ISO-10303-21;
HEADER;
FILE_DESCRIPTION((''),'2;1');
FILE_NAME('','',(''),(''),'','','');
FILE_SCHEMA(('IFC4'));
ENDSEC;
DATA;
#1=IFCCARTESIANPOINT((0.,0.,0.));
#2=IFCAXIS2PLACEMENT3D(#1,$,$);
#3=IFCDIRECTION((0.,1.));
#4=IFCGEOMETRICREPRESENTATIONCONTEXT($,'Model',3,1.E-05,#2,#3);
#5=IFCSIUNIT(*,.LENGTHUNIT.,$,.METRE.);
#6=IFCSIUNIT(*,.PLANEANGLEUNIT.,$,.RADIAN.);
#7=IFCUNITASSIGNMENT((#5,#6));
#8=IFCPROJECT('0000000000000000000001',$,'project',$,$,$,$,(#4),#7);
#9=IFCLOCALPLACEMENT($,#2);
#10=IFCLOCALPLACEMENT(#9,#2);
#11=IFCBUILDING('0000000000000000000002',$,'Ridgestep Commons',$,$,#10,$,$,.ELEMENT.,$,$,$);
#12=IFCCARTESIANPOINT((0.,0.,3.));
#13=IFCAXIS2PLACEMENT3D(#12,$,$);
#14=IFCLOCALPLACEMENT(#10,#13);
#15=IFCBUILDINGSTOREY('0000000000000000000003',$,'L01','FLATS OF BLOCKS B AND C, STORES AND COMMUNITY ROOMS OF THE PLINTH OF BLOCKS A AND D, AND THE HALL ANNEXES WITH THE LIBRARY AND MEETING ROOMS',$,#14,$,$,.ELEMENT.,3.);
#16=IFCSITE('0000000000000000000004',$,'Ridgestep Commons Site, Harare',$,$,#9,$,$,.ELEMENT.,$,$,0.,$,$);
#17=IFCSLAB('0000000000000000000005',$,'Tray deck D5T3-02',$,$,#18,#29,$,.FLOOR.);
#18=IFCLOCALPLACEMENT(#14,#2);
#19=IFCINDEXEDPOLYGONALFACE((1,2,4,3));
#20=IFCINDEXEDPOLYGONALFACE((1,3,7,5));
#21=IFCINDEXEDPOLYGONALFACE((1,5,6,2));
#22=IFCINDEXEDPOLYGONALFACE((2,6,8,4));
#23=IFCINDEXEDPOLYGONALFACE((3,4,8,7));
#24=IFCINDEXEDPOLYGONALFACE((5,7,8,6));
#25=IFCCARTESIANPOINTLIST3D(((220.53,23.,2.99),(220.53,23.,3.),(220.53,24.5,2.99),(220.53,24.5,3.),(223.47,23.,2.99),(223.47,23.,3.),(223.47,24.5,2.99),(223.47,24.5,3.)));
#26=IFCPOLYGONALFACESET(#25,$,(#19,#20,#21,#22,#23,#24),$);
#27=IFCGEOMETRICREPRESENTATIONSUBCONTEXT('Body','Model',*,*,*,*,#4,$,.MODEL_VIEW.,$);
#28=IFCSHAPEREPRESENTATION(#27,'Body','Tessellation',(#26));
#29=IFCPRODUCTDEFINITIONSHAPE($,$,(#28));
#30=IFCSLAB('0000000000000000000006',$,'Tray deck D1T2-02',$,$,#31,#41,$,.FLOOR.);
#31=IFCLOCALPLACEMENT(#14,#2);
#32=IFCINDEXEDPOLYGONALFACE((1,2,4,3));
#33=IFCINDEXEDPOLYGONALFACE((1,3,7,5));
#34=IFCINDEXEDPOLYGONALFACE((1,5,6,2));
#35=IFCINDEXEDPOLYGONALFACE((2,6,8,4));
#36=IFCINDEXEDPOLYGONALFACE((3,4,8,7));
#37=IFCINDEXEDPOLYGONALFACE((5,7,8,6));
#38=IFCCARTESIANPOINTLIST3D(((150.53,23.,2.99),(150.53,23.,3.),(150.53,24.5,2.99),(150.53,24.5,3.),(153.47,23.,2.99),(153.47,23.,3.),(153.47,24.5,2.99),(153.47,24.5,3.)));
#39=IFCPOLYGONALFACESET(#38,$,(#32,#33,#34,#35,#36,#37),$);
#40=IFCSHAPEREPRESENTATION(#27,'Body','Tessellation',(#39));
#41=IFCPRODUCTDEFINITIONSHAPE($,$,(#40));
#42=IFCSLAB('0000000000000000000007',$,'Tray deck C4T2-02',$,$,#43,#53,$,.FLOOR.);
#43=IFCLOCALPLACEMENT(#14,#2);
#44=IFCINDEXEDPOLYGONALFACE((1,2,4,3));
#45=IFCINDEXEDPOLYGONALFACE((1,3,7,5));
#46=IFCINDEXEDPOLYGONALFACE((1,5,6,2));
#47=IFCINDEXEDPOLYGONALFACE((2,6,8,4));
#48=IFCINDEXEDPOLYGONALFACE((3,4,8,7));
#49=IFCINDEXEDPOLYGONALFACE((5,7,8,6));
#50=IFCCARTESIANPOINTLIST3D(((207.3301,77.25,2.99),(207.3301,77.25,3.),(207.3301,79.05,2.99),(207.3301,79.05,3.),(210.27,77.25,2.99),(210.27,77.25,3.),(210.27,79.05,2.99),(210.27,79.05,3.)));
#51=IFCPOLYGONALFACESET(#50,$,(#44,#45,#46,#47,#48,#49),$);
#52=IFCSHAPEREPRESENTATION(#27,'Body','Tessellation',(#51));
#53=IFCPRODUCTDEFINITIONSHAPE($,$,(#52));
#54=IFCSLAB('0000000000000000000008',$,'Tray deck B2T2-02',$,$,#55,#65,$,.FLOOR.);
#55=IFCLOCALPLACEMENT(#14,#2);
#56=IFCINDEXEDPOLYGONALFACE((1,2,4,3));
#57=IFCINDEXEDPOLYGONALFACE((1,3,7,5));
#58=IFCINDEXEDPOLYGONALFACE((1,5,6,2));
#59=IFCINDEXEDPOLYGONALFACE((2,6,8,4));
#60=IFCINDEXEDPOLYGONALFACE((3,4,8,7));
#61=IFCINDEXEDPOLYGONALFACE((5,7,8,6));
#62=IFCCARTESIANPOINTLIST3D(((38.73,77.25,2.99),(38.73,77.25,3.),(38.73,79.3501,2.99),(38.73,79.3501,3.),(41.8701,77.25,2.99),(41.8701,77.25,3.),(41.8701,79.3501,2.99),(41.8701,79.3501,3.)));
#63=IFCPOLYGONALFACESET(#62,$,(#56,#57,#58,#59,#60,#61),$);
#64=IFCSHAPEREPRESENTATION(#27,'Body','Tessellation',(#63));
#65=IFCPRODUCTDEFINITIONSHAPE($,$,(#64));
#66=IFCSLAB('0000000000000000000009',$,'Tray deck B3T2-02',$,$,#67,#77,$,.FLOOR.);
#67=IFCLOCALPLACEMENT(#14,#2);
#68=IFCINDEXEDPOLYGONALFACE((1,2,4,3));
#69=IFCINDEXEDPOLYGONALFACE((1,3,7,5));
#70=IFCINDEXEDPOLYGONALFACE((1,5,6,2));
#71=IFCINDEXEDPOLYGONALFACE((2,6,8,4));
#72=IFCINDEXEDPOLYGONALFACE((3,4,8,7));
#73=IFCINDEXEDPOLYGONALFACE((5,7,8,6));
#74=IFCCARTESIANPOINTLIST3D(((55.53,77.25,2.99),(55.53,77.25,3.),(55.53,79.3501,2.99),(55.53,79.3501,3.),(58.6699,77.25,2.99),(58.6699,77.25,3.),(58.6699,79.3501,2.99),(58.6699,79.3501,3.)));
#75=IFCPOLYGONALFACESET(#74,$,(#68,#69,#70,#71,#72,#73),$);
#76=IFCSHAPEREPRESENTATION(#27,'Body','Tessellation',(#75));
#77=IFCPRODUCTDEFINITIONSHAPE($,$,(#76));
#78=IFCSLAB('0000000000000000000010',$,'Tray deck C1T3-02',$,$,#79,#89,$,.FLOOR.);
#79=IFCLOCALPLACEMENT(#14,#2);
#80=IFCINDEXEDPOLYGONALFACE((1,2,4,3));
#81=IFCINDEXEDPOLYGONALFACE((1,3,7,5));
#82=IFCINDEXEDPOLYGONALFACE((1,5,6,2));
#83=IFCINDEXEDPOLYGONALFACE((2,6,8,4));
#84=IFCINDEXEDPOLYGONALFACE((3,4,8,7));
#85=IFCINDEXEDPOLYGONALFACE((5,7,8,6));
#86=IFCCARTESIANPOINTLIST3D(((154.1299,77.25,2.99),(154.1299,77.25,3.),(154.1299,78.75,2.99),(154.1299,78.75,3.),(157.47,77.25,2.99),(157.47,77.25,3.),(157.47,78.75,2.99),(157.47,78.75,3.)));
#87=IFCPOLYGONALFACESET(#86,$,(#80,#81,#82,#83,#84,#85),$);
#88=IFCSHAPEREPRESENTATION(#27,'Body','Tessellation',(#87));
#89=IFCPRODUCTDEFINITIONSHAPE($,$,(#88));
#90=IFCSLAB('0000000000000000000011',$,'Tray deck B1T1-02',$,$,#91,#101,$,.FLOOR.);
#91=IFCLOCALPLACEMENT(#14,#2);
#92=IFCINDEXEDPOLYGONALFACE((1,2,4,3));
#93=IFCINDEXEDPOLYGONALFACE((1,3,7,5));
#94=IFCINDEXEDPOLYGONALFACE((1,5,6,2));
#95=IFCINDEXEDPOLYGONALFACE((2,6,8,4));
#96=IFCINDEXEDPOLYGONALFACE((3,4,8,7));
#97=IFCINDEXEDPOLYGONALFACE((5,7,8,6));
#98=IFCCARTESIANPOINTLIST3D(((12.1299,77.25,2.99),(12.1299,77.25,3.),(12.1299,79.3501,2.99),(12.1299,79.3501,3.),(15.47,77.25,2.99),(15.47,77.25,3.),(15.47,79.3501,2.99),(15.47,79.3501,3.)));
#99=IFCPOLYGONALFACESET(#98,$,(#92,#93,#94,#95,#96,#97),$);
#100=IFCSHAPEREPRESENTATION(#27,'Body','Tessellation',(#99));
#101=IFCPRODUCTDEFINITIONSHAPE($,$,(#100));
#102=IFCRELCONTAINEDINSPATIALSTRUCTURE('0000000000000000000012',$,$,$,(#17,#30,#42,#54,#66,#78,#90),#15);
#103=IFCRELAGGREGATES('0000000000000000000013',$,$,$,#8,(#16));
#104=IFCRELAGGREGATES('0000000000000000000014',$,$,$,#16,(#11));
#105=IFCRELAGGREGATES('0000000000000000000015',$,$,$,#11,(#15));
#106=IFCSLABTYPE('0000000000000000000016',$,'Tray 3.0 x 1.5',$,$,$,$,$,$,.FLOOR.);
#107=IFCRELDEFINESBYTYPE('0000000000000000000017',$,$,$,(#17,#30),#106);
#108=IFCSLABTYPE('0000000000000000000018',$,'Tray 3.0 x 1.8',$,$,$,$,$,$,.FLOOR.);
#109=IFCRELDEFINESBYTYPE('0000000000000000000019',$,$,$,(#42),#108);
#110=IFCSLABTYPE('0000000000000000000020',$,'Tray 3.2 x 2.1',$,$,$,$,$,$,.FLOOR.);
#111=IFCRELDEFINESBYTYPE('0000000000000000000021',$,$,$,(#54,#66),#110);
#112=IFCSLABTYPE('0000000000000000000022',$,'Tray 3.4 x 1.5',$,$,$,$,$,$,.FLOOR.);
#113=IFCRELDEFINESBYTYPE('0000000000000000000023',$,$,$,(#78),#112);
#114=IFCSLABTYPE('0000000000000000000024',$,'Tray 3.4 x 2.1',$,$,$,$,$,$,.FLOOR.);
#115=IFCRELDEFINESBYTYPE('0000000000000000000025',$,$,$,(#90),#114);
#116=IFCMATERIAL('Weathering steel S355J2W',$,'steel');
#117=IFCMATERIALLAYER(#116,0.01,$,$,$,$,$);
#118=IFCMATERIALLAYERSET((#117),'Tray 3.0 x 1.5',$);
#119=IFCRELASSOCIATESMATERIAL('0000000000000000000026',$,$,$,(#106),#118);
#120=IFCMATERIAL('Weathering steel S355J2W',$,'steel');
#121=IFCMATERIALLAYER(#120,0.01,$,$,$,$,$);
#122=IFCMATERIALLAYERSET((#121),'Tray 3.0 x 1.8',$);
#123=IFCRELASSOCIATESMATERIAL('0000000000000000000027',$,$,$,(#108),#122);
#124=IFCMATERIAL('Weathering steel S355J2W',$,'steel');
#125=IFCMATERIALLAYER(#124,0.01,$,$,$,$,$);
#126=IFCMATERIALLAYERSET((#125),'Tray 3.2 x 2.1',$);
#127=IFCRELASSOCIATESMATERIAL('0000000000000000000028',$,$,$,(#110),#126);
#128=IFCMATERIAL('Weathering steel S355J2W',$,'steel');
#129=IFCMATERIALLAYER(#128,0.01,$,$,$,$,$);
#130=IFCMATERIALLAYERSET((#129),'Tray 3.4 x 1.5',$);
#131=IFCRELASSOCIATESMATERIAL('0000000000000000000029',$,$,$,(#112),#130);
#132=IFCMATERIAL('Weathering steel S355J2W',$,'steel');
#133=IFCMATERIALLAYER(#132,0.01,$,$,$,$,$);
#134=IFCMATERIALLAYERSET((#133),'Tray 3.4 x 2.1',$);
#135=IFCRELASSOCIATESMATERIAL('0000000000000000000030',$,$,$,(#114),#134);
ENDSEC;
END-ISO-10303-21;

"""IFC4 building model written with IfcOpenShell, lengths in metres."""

from ifc_helpers import new_model, si_unit, direction, frame, origin, place, context, subcontext, project, spatial, polyline, outline, extrude, material, layer, layer_set, type_object, element, save


model = new_model("IFC4")

# Units and contexts
model_context = context("Model", 3, precision=1e-05, world=origin(), true_north=direction((0.0, 1.0)))
body_context = subcontext(model_context, "Body", "Model", "MODEL_VIEW")
ifc_project = project(units=[si_unit("LENGTHUNIT", "METRE"), si_unit("PLANEANGLEUNIT", "RADIAN")], contexts=[model_context])

# Site, building, storey
site_placement = place(None, origin())
site = spatial("IfcSite", under=ifc_project, at=site_placement, Name="Ridgestep Commons Site, Harare", CompositionType="ELEMENT", RefElevation=0.0)
building_placement = place(site_placement, origin())
building = spatial("IfcBuilding", under=site, at=building_placement, Name="Ridgestep Commons", CompositionType="ELEMENT")
storey_placement = place(building_placement, frame((0.0, 0.0, 3.0)))
storey = spatial("IfcBuildingStorey", under=building, at=storey_placement, Name="L01", Description="FLATS OF BLOCKS B AND C, STORES AND COMMUNITY ROOMS OF THE PLINTH OF BLOCKS A AND D, AND THE HALL ANNEXES WITH THE LIBRARY AND MEETING ROOMS", CompositionType="ELEMENT", Elevation=3.0)

# Slabs
ifc_material_1 = material(Name="Weathering steel S355J2W", Category="steel")
ifc_layer_1 = layer(ifc_material_1, 0.01)
ifc_layer_set_1 = layer_set([ifc_layer_1], Name="Tray 3.0 x 1.5")
slab_type_1 = type_object("IfcSlabType", Name="Tray 3.0 x 1.5", PredefinedType="FLOOR", material=ifc_layer_set_1)
slab_1_placement = place(storey_placement, frame((0.0, 0.0, 2.99)))
element("IfcSlab", 1, at=slab_1_placement, inside=storey, type_object=slab_type_1, Name="Tray deck D5T3-02", PredefinedType="FLOOR", context=body_context, shape_type="SweptSolid", body=[
    extrude(outline(polyline([(220.53, 23.0), (223.47, 23.0), (223.47, 24.5), (220.53, 24.5), (220.53, 23.0)])), origin(), (0.0, 0.0, 1.0), 0.01),
])
slab_2_placement = place(storey_placement, frame((0.0, 0.0, 2.99)))
element("IfcSlab", 2, at=slab_2_placement, inside=storey, type_object=slab_type_1, Name="Tray deck D1T2-02", PredefinedType="FLOOR", context=body_context, shape_type="SweptSolid", body=[
    extrude(outline(polyline([(150.53, 23.0), (153.47, 23.0), (153.47, 24.5), (150.53, 24.5), (150.53, 23.0)])), origin(), (0.0, 0.0, 1.0), 0.01),
])
ifc_material_2 = material(Name="Weathering steel S355J2W", Category="steel")
ifc_layer_2 = layer(ifc_material_2, 0.01)
ifc_layer_set_2 = layer_set([ifc_layer_2], Name="Tray 3.0 x 1.8")
slab_type_2 = type_object("IfcSlabType", Name="Tray 3.0 x 1.8", PredefinedType="FLOOR", material=ifc_layer_set_2)
slab_3_placement = place(storey_placement, frame((0.0, 0.0, 2.99)))
element("IfcSlab", 3, at=slab_3_placement, inside=storey, type_object=slab_type_2, Name="Tray deck C4T2-02", PredefinedType="FLOOR", context=body_context, shape_type="SweptSolid", body=[
    extrude(outline(polyline([(207.3301, 77.25), (210.27, 77.25), (210.27, 79.05), (207.3301, 79.05), (207.3301, 77.25)])), origin(), (0.0, 0.0, 1.0), 0.01),
])
ifc_material_3 = material(Name="Weathering steel S355J2W", Category="steel")
ifc_layer_3 = layer(ifc_material_3, 0.01)
ifc_layer_set_3 = layer_set([ifc_layer_3], Name="Tray 3.2 x 2.1")
slab_type_3 = type_object("IfcSlabType", Name="Tray 3.2 x 2.1", PredefinedType="FLOOR", material=ifc_layer_set_3)
slab_4_placement = place(storey_placement, frame((0.0, 0.0, 2.99)))
element("IfcSlab", 4, at=slab_4_placement, inside=storey, type_object=slab_type_3, Name="Tray deck B2T2-02", PredefinedType="FLOOR", context=body_context, shape_type="SweptSolid", body=[
    extrude(outline(polyline([(38.73, 77.25), (41.8701, 77.25), (41.8701, 79.3501), (38.73, 79.3501), (38.73, 77.25)])), origin(), (0.0, 0.0, 1.0), 0.01),
])
slab_5_placement = place(storey_placement, frame((0.0, 0.0, 2.99)))
element("IfcSlab", 5, at=slab_5_placement, inside=storey, type_object=slab_type_3, Name="Tray deck B3T2-02", PredefinedType="FLOOR", context=body_context, shape_type="SweptSolid", body=[
    extrude(outline(polyline([(55.53, 77.25), (58.6699, 77.25), (58.6699, 79.3501), (55.53, 79.3501), (55.53, 77.25)])), origin(), (0.0, 0.0, 1.0), 0.01),
])
ifc_material_4 = material(Name="Weathering steel S355J2W", Category="steel")
ifc_layer_4 = layer(ifc_material_4, 0.01)
ifc_layer_set_4 = layer_set([ifc_layer_4], Name="Tray 3.4 x 1.5")
slab_type_4 = type_object("IfcSlabType", Name="Tray 3.4 x 1.5", PredefinedType="FLOOR", material=ifc_layer_set_4)
slab_6_placement = place(storey_placement, frame((0.0, 0.0, 2.99)))
element("IfcSlab", 6, at=slab_6_placement, inside=storey, type_object=slab_type_4, Name="Tray deck C1T3-02", PredefinedType="FLOOR", context=body_context, shape_type="SweptSolid", body=[
    extrude(outline(polyline([(154.1299, 77.25), (157.47, 77.25), (157.47, 78.75), (154.1299, 78.75), (154.1299, 77.25)])), origin(), (0.0, 0.0, 1.0), 0.01),
])
ifc_material_5 = material(Name="Weathering steel S355J2W", Category="steel")
ifc_layer_5 = layer(ifc_material_5, 0.01)
ifc_layer_set_5 = layer_set([ifc_layer_5], Name="Tray 3.4 x 2.1")
slab_type_5 = type_object("IfcSlabType", Name="Tray 3.4 x 2.1", PredefinedType="FLOOR", material=ifc_layer_set_5)
slab_7_placement = place(storey_placement, frame((0.0, 0.0, 2.99)))
element("IfcSlab", 7, at=slab_7_placement, inside=storey, type_object=slab_type_5, Name="Tray deck B1T1-02", PredefinedType="FLOOR", context=body_context, shape_type="SweptSolid", body=[
    extrude(outline(polyline([(12.1299, 77.25), (15.47, 77.25), (15.47, 79.3501), (12.1299, 79.3501), (12.1299, 77.25)])), origin(), (0.0, 0.0, 1.0), 0.01),
])

save(model, "model.ifc")
